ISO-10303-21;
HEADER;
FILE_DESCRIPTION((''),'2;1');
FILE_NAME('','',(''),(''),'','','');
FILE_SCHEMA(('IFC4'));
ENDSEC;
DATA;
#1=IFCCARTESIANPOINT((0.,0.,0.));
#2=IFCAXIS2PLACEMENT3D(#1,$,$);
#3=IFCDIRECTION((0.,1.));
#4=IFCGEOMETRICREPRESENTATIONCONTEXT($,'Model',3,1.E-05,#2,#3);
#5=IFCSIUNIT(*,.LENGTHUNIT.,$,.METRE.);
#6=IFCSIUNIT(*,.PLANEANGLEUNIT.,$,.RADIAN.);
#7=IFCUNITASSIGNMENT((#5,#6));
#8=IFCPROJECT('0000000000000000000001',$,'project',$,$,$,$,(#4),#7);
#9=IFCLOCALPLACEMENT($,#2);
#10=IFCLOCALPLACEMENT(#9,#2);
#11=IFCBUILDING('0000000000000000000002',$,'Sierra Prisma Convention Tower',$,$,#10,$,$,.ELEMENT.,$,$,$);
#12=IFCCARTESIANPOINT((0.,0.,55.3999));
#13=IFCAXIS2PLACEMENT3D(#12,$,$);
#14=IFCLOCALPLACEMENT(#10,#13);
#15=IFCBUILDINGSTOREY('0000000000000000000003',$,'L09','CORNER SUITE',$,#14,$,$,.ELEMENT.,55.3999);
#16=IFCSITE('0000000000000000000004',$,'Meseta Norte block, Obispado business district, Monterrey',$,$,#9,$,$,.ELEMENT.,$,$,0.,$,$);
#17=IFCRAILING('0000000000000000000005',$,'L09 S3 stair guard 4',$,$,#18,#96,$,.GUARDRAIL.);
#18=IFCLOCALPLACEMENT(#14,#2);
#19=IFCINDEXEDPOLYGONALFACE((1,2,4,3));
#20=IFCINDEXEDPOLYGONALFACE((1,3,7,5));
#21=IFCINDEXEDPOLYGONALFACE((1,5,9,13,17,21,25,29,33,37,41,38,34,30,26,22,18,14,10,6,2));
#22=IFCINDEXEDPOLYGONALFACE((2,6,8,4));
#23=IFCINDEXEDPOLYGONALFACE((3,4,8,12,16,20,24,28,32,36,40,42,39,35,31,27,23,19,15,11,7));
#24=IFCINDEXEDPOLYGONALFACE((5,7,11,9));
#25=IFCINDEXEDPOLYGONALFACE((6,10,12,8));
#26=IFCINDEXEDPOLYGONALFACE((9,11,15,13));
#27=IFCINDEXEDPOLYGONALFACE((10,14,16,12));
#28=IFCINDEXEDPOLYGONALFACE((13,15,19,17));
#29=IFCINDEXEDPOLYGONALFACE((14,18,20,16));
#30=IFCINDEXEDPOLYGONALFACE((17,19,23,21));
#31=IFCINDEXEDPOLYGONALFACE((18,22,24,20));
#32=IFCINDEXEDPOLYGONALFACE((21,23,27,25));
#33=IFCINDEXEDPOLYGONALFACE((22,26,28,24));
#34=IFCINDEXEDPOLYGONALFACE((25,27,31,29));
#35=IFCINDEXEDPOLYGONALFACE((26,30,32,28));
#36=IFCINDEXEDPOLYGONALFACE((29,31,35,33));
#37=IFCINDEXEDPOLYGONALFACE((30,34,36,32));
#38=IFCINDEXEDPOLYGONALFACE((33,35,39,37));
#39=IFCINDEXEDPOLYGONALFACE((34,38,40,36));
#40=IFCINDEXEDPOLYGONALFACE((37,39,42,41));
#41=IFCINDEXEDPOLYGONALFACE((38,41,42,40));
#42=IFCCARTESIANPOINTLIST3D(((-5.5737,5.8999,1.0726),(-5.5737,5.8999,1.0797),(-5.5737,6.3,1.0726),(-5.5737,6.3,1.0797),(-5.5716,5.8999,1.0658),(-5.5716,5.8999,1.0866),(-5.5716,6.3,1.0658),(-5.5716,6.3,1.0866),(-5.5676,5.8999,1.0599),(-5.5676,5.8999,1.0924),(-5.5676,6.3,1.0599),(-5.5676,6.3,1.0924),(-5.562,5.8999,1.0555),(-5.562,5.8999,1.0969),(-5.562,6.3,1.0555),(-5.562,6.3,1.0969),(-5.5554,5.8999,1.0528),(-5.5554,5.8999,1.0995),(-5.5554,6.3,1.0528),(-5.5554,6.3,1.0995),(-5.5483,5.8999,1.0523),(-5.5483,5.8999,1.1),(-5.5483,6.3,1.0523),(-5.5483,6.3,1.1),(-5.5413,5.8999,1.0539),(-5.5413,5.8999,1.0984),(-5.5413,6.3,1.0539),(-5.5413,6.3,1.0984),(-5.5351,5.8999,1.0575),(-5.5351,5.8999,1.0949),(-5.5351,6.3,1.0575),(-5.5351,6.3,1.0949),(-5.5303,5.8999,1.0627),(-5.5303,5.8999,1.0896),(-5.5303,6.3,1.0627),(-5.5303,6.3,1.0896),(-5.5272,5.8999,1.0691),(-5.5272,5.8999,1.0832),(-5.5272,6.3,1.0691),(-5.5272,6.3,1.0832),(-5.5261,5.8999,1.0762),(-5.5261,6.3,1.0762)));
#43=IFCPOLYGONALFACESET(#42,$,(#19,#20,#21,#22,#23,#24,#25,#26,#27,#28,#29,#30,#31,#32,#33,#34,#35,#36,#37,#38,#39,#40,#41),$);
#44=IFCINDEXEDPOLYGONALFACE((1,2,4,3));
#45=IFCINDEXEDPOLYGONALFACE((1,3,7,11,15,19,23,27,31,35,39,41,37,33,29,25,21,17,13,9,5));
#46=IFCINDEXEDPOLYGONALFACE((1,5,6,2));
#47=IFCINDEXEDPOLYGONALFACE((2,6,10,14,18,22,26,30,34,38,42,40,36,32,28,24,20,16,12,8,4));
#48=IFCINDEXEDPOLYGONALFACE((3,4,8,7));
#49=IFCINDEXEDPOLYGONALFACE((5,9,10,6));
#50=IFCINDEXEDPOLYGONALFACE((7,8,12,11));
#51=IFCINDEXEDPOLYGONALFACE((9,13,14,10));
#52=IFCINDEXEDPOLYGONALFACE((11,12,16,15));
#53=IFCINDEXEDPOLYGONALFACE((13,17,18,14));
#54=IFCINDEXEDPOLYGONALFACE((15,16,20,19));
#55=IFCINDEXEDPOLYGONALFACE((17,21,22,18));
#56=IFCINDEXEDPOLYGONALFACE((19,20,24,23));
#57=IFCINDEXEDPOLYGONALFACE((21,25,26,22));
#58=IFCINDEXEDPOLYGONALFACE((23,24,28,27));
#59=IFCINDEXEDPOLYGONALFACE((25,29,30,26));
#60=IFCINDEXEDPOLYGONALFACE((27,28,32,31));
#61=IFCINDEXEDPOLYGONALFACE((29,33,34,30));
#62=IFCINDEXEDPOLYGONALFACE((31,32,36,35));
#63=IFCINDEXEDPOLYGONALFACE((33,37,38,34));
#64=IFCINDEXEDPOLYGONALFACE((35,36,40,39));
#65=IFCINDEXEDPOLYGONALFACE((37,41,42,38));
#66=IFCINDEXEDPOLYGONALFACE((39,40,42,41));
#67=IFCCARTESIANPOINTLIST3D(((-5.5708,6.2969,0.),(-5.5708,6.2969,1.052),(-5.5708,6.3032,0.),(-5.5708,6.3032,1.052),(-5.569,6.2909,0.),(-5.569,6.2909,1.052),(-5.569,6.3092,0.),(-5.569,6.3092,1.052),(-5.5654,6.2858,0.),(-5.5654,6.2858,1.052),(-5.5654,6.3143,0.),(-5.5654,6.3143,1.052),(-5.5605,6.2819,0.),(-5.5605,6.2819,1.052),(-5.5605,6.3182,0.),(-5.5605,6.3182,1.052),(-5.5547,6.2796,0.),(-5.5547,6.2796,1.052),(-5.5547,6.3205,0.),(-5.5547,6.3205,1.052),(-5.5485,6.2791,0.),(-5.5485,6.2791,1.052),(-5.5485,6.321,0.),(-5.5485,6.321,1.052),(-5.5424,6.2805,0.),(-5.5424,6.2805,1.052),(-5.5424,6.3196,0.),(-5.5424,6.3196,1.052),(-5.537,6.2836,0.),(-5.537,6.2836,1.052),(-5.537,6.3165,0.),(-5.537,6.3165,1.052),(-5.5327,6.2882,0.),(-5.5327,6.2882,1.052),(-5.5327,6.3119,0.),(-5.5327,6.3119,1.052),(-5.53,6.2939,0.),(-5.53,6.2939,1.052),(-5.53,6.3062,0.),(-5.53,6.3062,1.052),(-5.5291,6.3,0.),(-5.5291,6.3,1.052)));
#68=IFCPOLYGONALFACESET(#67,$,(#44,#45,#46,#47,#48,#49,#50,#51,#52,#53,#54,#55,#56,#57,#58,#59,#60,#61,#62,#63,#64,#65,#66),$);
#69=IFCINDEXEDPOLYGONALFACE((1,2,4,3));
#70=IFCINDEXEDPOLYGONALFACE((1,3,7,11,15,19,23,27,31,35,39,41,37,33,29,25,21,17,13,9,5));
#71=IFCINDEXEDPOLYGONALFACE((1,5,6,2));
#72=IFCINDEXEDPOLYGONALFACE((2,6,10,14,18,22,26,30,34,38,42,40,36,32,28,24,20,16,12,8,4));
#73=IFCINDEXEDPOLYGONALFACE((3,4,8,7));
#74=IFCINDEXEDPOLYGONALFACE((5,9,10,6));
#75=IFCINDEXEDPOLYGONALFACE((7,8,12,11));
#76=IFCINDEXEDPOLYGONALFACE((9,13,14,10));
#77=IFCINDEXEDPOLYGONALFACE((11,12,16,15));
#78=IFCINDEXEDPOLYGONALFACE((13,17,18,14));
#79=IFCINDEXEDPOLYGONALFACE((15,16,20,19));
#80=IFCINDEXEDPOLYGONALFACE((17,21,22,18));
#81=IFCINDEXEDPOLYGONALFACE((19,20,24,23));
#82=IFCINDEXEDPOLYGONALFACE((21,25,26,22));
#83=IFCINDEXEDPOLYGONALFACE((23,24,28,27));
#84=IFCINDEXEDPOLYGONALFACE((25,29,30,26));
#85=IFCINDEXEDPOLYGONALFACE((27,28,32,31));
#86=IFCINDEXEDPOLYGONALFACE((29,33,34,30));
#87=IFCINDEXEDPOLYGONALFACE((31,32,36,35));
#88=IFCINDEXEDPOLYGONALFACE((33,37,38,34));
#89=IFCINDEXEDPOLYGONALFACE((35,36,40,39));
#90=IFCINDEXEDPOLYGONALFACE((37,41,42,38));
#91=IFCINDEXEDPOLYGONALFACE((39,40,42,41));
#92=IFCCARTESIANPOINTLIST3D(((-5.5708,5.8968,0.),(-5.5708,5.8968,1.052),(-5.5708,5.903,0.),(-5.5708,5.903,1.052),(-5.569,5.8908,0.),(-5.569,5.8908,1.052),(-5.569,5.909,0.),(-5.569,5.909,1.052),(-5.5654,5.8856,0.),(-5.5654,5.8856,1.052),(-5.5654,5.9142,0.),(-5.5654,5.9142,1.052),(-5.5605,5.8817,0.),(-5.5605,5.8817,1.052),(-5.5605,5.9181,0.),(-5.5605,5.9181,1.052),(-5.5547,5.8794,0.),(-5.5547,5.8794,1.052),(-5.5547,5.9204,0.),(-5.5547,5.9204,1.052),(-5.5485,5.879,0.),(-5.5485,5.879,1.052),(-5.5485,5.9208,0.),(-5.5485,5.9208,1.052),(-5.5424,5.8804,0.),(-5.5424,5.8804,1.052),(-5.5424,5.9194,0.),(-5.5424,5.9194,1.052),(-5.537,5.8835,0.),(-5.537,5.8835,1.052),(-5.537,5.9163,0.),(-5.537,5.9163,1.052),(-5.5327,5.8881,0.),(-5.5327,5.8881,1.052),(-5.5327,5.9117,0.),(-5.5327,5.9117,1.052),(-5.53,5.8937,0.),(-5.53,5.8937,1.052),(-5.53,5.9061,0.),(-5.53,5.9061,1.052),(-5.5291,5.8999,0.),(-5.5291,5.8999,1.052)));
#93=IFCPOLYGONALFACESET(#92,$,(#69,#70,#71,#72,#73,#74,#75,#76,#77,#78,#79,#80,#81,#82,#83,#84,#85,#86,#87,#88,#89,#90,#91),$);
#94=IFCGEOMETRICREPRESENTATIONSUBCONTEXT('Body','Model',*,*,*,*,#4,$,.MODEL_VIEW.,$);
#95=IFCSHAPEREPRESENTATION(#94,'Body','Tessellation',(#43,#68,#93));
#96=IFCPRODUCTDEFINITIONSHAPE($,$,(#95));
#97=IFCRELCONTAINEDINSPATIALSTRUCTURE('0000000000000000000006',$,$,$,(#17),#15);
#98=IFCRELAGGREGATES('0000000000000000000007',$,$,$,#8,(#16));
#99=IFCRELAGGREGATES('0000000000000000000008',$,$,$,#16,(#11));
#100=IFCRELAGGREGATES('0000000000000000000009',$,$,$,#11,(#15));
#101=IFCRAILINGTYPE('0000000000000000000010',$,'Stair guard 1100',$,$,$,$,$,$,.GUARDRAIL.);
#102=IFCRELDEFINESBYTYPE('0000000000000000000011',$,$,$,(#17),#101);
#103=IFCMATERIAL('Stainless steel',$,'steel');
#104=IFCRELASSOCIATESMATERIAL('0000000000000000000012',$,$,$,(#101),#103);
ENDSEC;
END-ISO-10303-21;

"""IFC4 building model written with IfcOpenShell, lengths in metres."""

from ifc_helpers import new_model, si_unit, direction, frame, origin, origin_2d, place, context, subcontext, project, spatial, circle, extrude, material, type_object, element, save


model = new_model("IFC4")

# Units and contexts
model_context = context("Model", 3, precision=1e-05, world=origin(), true_north=direction((0.0, 1.0)))
body_context = subcontext(model_context, "Body", "Model", "MODEL_VIEW")
ifc_project = project(units=[si_unit("LENGTHUNIT", "METRE"), si_unit("PLANEANGLEUNIT", "RADIAN")], contexts=[model_context])

# Site, building, storey
site_placement = place(None, origin())
site = spatial("IfcSite", under=ifc_project, at=site_placement, Name="Meseta Norte block, Obispado business district, Monterrey", CompositionType="ELEMENT", RefElevation=0.0)
building_placement = place(site_placement, origin())
building = spatial("IfcBuilding", under=site, at=building_placement, Name="Sierra Prisma Convention Tower", CompositionType="ELEMENT")
storey_placement = place(building_placement, frame((0.0, 0.0, 55.3999)))
storey = spatial("IfcBuildingStorey", under=building, at=storey_placement, Name="L09", Description="CORNER SUITE", CompositionType="ELEMENT", Elevation=55.3999)

# Railing
ifc_material_1 = material(Name="Stainless steel", Category="steel")
railing_type_1 = type_object("IfcRailingType", Name="Stair guard 1100", PredefinedType="GUARDRAIL", material=ifc_material_1)
railing_1_placement = place(storey_placement, frame((-5.55, 6.3, 0.0)))
element("IfcRailing", 1, at=railing_1_placement, inside=storey, type_object=railing_type_1, Name="L09 S3 stair guard 4", PredefinedType="GUARDRAIL", context=body_context, shape_type="SweptSolid", body=[
    extrude(circle(Radius=0.0239, at=origin_2d()), frame((0.0, 0.0, 1.0762), z_axis=(0.0, -1.0, 0.0), x_axis=(1.0, 0.0, 0.0)), (0.0, 0.0, 1.0), 0.4001),
    extrude(circle(Radius=0.021, at=origin_2d()), origin(), (0.0, 0.0, 1.0), 1.052),
    extrude(circle(Radius=0.021, at=origin_2d()), frame((0.0, -0.4001, 0.0)), (0.0, 0.0, 1.0), 1.052),
])

save(model, "model.ifc")
